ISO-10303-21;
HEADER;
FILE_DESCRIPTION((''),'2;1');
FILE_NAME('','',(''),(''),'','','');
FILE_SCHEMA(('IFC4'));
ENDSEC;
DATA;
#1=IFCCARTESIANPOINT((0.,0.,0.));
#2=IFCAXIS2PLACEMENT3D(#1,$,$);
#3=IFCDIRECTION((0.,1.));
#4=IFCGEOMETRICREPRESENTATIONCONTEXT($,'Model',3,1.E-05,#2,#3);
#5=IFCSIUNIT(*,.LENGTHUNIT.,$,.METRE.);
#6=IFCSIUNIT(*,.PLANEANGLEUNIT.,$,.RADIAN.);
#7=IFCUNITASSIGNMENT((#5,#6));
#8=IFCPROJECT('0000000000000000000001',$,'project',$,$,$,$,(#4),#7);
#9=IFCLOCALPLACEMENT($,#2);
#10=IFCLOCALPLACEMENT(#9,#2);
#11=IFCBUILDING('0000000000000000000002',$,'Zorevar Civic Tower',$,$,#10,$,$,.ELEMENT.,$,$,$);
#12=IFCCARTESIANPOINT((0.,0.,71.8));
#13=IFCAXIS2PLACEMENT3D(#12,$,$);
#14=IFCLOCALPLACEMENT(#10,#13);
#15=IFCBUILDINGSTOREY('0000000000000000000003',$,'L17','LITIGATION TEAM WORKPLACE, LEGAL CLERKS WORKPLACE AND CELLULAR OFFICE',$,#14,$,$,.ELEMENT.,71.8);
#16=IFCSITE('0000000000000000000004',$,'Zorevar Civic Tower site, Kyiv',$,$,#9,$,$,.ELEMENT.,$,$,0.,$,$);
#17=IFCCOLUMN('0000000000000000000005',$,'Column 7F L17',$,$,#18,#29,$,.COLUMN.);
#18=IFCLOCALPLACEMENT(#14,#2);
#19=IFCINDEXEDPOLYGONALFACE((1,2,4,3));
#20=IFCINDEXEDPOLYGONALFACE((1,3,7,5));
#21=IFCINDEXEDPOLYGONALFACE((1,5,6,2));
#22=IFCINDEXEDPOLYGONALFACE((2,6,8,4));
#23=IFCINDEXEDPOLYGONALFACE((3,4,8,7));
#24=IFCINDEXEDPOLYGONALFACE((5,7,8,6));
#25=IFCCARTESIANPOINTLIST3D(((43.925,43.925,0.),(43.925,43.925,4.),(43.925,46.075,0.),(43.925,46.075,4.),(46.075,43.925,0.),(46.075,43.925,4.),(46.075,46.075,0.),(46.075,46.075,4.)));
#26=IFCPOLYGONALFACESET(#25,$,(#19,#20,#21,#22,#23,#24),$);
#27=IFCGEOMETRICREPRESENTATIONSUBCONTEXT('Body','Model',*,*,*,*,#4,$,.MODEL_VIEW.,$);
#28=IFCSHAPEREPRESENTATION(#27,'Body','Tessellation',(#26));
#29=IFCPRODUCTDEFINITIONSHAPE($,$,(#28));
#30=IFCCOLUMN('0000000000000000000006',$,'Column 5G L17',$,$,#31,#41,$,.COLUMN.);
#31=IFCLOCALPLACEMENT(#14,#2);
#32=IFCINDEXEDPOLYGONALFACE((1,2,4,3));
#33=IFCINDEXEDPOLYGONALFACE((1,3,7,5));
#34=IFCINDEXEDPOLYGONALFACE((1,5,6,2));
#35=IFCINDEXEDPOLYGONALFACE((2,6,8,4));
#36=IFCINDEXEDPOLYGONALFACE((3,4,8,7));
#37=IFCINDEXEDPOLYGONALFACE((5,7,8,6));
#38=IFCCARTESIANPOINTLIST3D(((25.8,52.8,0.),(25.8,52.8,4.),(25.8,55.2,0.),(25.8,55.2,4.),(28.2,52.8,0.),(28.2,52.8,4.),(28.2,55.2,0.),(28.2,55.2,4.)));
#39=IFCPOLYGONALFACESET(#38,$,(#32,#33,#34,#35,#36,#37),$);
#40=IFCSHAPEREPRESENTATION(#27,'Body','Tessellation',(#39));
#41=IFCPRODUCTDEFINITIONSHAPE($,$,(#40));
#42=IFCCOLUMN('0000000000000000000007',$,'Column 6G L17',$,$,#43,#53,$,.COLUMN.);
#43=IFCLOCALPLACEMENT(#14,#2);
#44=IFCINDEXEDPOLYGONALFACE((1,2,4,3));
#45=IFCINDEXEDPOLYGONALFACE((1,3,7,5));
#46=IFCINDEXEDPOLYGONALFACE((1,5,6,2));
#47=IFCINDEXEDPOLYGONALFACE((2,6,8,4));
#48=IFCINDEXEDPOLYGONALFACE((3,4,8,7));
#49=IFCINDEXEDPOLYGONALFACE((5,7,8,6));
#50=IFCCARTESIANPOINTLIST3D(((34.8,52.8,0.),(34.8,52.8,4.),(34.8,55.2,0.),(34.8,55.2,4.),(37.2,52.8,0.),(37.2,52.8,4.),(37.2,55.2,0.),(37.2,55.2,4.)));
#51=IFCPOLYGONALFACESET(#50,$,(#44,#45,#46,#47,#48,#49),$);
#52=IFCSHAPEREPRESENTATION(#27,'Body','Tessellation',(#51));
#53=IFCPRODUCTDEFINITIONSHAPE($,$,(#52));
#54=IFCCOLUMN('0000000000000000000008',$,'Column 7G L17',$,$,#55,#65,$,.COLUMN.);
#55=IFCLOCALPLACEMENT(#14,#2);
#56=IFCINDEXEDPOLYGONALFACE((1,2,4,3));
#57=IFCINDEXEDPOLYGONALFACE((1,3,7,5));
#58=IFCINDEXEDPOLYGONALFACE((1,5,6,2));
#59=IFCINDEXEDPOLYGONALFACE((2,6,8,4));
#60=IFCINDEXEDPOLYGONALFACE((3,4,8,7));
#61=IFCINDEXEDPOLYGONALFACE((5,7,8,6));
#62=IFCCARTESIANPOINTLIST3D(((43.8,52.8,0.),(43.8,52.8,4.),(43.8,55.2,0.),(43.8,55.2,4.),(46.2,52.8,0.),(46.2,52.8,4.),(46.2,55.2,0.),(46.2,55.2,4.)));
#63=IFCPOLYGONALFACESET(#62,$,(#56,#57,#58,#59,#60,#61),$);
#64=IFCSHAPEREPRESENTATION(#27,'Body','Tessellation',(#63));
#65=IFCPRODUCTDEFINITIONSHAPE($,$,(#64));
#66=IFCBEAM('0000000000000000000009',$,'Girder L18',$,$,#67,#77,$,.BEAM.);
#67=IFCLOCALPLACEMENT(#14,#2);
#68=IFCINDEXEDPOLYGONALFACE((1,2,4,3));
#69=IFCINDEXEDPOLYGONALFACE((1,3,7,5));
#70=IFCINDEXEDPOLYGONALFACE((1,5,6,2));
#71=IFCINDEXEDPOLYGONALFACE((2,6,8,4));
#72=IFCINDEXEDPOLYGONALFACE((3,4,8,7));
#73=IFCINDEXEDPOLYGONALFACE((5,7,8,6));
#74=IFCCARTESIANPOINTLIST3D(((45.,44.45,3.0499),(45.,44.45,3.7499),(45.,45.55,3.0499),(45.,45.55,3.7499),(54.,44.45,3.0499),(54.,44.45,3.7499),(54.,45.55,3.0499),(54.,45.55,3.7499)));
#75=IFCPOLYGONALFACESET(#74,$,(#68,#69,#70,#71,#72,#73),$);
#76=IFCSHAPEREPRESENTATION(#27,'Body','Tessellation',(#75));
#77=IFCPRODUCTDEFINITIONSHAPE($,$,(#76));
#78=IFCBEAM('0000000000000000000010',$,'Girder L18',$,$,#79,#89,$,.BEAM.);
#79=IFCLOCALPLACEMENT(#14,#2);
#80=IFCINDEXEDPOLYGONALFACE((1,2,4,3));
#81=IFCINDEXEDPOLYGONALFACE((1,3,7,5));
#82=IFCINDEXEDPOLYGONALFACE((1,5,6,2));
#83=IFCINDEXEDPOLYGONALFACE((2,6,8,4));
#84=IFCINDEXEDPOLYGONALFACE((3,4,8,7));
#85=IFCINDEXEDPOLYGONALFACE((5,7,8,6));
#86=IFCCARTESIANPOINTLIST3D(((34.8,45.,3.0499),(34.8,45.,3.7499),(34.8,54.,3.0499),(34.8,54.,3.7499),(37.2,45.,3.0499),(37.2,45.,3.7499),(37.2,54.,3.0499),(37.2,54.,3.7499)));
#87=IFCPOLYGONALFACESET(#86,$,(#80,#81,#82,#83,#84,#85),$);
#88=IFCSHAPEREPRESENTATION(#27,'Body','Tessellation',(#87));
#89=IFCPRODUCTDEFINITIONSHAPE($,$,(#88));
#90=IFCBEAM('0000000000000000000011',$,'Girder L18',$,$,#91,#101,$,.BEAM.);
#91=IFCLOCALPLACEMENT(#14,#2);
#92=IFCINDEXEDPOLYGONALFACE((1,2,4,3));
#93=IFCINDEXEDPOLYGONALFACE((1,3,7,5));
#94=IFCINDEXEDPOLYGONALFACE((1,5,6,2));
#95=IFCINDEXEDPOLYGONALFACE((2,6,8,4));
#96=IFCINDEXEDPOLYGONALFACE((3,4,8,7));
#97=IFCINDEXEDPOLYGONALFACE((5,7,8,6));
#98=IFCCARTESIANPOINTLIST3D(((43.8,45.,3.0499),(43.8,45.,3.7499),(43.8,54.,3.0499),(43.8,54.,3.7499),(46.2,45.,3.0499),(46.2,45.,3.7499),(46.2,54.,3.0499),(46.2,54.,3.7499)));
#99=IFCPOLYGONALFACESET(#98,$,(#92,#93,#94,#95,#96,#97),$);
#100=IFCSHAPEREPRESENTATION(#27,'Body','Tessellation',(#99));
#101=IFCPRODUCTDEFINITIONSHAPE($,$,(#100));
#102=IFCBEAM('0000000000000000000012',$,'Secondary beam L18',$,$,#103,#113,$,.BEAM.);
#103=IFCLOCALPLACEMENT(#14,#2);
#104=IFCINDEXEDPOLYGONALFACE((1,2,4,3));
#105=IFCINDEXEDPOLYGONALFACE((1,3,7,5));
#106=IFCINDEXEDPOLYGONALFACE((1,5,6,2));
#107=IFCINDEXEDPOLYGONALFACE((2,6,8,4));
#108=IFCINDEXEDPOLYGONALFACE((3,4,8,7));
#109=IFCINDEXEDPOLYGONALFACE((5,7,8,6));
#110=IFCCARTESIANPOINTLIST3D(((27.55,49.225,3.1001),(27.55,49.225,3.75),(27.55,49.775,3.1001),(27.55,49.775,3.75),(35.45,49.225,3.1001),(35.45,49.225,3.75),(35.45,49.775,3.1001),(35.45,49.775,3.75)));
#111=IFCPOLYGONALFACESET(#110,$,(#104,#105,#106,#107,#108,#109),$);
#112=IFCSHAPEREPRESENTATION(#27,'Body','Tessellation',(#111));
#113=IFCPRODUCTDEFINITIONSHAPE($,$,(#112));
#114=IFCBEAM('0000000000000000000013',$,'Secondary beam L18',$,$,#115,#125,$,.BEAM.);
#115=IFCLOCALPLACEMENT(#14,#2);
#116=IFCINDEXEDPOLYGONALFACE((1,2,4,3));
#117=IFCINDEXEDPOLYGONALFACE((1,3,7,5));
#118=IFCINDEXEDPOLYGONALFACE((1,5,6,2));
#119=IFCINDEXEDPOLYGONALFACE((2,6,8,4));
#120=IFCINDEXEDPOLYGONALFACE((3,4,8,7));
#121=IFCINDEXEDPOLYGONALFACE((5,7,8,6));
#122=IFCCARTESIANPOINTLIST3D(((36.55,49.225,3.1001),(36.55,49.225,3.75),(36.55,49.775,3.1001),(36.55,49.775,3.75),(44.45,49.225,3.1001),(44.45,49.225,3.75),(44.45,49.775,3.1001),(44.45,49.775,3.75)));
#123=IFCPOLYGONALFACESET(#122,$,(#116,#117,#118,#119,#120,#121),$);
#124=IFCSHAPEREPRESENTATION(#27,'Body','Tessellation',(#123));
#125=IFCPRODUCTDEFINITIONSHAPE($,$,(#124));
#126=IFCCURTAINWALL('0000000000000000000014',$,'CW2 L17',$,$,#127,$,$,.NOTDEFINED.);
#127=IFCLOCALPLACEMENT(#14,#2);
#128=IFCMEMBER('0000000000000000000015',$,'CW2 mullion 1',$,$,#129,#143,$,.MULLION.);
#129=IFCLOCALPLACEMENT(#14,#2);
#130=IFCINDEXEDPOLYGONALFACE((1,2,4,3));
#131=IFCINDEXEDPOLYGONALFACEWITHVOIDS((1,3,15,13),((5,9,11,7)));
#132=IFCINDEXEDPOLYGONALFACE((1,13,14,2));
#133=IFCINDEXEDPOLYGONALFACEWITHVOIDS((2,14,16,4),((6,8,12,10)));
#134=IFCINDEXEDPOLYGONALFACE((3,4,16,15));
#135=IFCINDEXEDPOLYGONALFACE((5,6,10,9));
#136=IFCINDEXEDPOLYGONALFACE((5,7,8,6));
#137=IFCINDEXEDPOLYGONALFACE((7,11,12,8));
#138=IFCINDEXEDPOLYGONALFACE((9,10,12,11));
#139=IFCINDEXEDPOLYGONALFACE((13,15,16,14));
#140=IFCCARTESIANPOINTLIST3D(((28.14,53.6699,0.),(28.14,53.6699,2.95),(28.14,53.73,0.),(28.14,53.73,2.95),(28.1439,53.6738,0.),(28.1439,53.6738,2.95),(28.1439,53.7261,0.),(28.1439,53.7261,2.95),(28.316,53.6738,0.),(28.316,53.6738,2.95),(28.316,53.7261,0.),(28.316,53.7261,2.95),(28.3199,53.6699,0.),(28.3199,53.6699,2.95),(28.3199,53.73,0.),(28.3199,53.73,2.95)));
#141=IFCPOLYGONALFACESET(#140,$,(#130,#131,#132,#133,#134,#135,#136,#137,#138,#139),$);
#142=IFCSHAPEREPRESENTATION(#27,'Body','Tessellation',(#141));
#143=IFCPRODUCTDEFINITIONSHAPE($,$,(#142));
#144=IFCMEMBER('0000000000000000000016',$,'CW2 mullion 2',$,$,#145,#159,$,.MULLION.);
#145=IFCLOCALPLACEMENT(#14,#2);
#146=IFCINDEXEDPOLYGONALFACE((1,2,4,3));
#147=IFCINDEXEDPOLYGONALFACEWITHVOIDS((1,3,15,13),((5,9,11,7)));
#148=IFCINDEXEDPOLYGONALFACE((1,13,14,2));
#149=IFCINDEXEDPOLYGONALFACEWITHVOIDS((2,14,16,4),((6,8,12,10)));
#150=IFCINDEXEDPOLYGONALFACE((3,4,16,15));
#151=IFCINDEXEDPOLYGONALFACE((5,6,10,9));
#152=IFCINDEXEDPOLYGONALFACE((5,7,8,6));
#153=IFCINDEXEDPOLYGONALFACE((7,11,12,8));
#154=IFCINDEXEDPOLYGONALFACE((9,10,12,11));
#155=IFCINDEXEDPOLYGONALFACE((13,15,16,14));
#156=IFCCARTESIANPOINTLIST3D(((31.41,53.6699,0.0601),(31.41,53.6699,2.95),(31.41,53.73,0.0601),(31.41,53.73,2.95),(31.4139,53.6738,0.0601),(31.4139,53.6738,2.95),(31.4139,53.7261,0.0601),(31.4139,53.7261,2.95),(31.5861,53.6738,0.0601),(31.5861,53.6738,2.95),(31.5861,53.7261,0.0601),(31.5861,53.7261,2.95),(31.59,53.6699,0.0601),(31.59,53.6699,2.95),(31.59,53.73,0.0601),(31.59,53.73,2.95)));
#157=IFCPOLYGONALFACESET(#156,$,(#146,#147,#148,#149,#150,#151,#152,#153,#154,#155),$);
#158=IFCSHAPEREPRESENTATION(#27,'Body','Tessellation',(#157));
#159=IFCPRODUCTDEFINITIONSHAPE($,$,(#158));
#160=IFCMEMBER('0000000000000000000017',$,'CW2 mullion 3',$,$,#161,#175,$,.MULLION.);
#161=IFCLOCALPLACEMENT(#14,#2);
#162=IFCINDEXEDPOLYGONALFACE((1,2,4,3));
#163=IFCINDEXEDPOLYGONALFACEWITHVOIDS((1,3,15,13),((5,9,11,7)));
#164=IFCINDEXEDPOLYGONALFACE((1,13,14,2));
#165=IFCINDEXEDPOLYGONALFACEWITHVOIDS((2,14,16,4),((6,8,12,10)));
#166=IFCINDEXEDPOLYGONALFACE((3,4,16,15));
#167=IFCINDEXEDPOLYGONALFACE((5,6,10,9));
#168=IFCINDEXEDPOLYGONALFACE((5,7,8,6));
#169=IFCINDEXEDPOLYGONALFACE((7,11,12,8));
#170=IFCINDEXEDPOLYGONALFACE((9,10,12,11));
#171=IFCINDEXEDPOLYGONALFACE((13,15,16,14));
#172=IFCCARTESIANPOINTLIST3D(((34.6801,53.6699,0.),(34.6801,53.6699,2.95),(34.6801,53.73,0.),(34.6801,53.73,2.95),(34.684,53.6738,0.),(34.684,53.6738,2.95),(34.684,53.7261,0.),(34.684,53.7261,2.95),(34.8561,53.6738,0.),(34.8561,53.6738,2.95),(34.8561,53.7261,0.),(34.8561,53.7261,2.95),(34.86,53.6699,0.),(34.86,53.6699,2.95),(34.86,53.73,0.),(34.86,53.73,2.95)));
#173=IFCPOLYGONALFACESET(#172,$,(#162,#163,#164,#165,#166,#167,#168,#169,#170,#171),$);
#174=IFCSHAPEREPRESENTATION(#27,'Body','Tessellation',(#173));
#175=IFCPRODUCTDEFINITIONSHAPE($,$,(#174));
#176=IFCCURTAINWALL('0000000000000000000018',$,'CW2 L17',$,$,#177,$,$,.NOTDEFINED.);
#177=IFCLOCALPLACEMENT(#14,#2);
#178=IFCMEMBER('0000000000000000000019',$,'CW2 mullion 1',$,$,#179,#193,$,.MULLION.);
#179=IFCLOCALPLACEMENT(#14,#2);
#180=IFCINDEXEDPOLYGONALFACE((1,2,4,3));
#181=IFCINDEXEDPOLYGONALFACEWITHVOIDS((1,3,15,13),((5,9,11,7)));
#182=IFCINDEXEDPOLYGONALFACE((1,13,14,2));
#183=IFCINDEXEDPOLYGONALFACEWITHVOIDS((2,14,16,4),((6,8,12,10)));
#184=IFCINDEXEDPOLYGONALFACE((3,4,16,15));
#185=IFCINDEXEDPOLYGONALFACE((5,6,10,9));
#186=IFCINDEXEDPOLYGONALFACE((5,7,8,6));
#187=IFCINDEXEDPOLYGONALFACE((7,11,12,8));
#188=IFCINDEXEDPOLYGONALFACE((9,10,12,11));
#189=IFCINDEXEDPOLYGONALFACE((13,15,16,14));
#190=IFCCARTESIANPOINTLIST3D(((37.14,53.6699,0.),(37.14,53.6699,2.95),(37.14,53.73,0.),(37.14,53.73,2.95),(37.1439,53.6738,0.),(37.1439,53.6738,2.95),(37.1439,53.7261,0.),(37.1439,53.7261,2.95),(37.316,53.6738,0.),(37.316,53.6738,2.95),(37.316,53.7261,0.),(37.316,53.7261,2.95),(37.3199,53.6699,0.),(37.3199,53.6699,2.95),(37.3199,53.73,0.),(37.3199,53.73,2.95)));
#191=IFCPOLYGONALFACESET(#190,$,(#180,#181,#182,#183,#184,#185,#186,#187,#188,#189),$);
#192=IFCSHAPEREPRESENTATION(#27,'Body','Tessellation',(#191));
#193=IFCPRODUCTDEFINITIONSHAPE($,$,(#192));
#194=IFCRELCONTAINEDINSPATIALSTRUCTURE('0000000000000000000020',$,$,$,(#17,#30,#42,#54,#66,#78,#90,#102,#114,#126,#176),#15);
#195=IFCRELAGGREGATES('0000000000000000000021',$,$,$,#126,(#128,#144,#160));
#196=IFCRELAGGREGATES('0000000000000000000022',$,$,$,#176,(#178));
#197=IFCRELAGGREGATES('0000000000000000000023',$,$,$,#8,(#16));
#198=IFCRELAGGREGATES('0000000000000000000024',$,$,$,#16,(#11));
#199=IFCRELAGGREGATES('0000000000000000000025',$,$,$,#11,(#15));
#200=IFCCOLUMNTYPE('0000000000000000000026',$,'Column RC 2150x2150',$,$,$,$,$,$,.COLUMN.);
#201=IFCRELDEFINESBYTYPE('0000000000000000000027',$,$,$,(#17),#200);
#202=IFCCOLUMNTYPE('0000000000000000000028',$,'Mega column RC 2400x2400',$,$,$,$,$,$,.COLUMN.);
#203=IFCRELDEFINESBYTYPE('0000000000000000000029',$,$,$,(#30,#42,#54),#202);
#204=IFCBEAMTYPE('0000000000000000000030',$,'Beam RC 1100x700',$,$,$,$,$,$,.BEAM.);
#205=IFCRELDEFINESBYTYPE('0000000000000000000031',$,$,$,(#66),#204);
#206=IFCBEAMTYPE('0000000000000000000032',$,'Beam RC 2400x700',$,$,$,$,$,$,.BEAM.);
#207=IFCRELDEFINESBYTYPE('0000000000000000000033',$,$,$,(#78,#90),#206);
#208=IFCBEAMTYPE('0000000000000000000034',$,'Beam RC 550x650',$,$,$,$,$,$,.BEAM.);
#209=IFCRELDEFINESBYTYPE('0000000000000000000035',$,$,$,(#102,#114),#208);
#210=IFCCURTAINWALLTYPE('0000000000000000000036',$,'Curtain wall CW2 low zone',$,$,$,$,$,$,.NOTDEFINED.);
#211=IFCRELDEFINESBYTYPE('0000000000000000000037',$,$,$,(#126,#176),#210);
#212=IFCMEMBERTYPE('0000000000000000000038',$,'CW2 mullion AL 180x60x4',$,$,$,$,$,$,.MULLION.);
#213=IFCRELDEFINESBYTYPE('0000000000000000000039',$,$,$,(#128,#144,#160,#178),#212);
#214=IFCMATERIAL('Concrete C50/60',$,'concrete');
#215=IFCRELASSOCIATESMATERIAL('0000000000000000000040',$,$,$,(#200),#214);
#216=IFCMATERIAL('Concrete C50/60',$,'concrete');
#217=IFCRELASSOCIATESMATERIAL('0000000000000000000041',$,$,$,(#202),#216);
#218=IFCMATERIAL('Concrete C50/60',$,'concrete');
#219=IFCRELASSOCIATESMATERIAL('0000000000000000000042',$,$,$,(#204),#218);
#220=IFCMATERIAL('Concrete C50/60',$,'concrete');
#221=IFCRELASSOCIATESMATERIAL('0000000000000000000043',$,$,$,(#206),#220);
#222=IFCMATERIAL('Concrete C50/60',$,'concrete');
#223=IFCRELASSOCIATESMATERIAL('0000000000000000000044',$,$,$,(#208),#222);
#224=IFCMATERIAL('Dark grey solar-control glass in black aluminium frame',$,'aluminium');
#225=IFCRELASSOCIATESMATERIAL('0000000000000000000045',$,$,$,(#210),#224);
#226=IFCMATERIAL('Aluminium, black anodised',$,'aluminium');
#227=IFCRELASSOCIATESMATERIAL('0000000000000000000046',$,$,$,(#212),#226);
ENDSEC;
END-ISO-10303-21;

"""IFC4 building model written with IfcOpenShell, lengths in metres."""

from ifc_helpers import new_model, si_unit, direction, frame, origin, origin_2d, place, context, subcontext, project, spatial, rectangle, hollow_rectangle, extrude, material, material_profile, profile_set, type_object, element, aggregate, save


model = new_model("IFC4")

# Units and contexts
model_context = context("Model", 3, precision=1e-05, world=origin(), true_north=direction((0.0, 1.0)))
body_context = subcontext(model_context, "Body", "Model", "MODEL_VIEW")
ifc_project = project(units=[si_unit("LENGTHUNIT", "METRE"), si_unit("PLANEANGLEUNIT", "RADIAN")], contexts=[model_context])

# Site, building, storey
site_placement = place(None, origin())
site = spatial("IfcSite", under=ifc_project, at=site_placement, Name="Zorevar Civic Tower site, Kyiv", CompositionType="ELEMENT", RefElevation=0.0)
building_placement = place(site_placement, origin())
building = spatial("IfcBuilding", under=site, at=building_placement, Name="Zorevar Civic Tower", CompositionType="ELEMENT")
storey_placement = place(building_placement, frame((0.0, 0.0, 71.8)))
storey = spatial("IfcBuildingStorey", under=building, at=storey_placement, Name="L17", Description="LITIGATION TEAM WORKPLACE, LEGAL CLERKS WORKPLACE AND CELLULAR OFFICE", CompositionType="ELEMENT", Elevation=71.8)

# Columns
ifc_material_1 = material(Name="Concrete C50/60", Category="concrete")
ifc_material_profile_1 = material_profile(ifc_material_1, rectangle(XDim=2.1499, YDim=2.1499, at=origin_2d()), Name="RC 2150x2150")
ifc_profile_set_1 = profile_set([ifc_material_profile_1], Name="Concrete C50/60")
column_type_1 = type_object("IfcColumnType", Name="Column RC 2150x2150", PredefinedType="COLUMN", material=ifc_profile_set_1)
column_placement = place(storey_placement, frame((45.0, 45.0, 0.0), z_axis=(0.0, 0.0, 1.0), x_axis=(1.0, 0.0, 0.0)))
element("IfcColumn", 1, at=column_placement, inside=storey, type_object=column_type_1, Name="Column 7F L17", PredefinedType="COLUMN", context=body_context, shape_type="SweptSolid", body=[
    extrude(rectangle(XDim=2.1499, YDim=2.1499, at=origin_2d()), origin(), (0.0, 0.0, 1.0), 4.0),
])
ifc_material_2 = material(Name="Concrete C50/60", Category="concrete")
ifc_material_profile_2 = material_profile(ifc_material_2, rectangle(XDim=2.3999, YDim=2.3999, at=origin_2d()), Name="RC 2400x2400")
ifc_profile_set_2 = profile_set([ifc_material_profile_2], Name="Concrete C50/60")
column_type_2 = type_object("IfcColumnType", Name="Mega column RC 2400x2400", PredefinedType="COLUMN", material=ifc_profile_set_2)
for number, where, z_axis, x_axis, name in (
    (2, (27.0, 54.0, 0.0), (0.0, 0.0, 1.0), (1.0, 0.0, 0.0), "Column 5G L17"),
    (3, (36.0, 54.0, 0.0), (0.0, 0.0, 1.0), (1.0, 0.0, 0.0), "Column 6G L17"),
    (4, (45.0, 54.0, 0.0), (0.0, 0.0, 1.0), (1.0, 0.0, 0.0), "Column 7G L17"),
):
    element("IfcColumn", number, at=place(storey_placement, frame(where, z_axis=z_axis, x_axis=x_axis)), inside=storey, type_object=column_type_2, Name=name, PredefinedType="COLUMN", context=body_context, shape_type="SweptSolid", body=[
        extrude(rectangle(XDim=2.3999, YDim=2.3999, at=origin_2d()), origin(), (0.0, 0.0, 1.0), 4.0),
    ])

# Beams
ifc_material_3 = material(Name="Concrete C50/60", Category="concrete")
ifc_material_profile_3 = material_profile(ifc_material_3, rectangle(XDim=1.1001, YDim=0.7, at=origin_2d()), Name="RC 1100x700")
ifc_profile_set_3 = profile_set([ifc_material_profile_3], Name="Concrete C50/60")
beam_type_1 = type_object("IfcBeamType", Name="Beam RC 1100x700", PredefinedType="BEAM", material=ifc_profile_set_3)
beam_placement = place(storey_placement, frame((45.0, 45.0, 3.3999), z_axis=(1.0, 0.0, 0.0), x_axis=(0.0, 1.0, 0.0)))
element("IfcBeam", 5, at=beam_placement, inside=storey, type_object=beam_type_1, Name="Girder L18", PredefinedType="BEAM", context=body_context, shape_type="SweptSolid", body=[
    extrude(rectangle(XDim=1.1001, YDim=0.7, at=origin_2d()), origin(), (0.0, 0.0, 1.0), 9.0),
])
ifc_material_4 = material(Name="Concrete C50/60", Category="concrete")
ifc_material_profile_4 = material_profile(ifc_material_4, rectangle(XDim=2.3999, YDim=0.7, at=origin_2d()), Name="RC 2400x700")
ifc_profile_set_4 = profile_set([ifc_material_profile_4], Name="Concrete C50/60")
beam_type_2 = type_object("IfcBeamType", Name="Beam RC 2400x700", PredefinedType="BEAM", material=ifc_profile_set_4)
for number, where, z_axis, x_axis, name in (
    (6, (36.0, 45.0, 3.3999), (0.0, 1.0, 0.0), (-1.0, 0.0, 0.0), "Girder L18"),
    (7, (45.0, 45.0, 3.3999), (0.0, 1.0, 0.0), (-1.0, 0.0, 0.0), "Girder L18"),
):
    element("IfcBeam", number, at=place(storey_placement, frame(where, z_axis=z_axis, x_axis=x_axis)), inside=storey, type_object=beam_type_2, Name=name, PredefinedType="BEAM", context=body_context, shape_type="SweptSolid", body=[
        extrude(rectangle(XDim=2.3999, YDim=0.7, at=origin_2d()), origin(), (0.0, 0.0, 1.0), 9.0),
    ])
ifc_material_5 = material(Name="Concrete C50/60", Category="concrete")
ifc_material_profile_5 = material_profile(ifc_material_5, rectangle(XDim=0.55, YDim=0.6499, at=origin_2d()), Name="RC 550x650")
ifc_profile_set_5 = profile_set([ifc_material_profile_5], Name="Concrete C50/60")
beam_type_3 = type_object("IfcBeamType", Name="Beam RC 550x650", PredefinedType="BEAM", material=ifc_profile_set_5)
for number, where, z_axis, x_axis, name in (
    (8, (27.55, 49.5, 3.425), (1.0, 0.0, 0.0), (0.0, 1.0, 0.0), "Secondary beam L18"),
    (9, (36.55, 49.5, 3.425), (1.0, 0.0, 0.0), (0.0, 1.0, 0.0), "Secondary beam L18"),
):
    element("IfcBeam", number, at=place(storey_placement, frame(where, z_axis=z_axis, x_axis=x_axis)), inside=storey, type_object=beam_type_3, Name=name, PredefinedType="BEAM", context=body_context, shape_type="SweptSolid", body=[
        extrude(rectangle(XDim=0.55, YDim=0.6499, at=origin_2d()), origin(), (0.0, 0.0, 1.0), 7.8999),
    ])

# Curtain walls, members
ifc_material_6 = material(Name="Dark grey solar-control glass in black aluminium frame", Category="aluminium")
curtain_wall_type = type_object("IfcCurtainWallType", Name="Curtain wall CW2 low zone", PredefinedType="NOTDEFINED", material=ifc_material_6)
curtain_wall_1_placement = place(storey_placement, origin())
curtain_wall_1 = element("IfcCurtainWall", 10, at=curtain_wall_1_placement, inside=storey, type_object=curtain_wall_type, Name="CW2 L17", PredefinedType="NOTDEFINED")
ifc_material_7 = material(Name="Aluminium, black anodised", Category="aluminium")
ifc_material_profile_6 = material_profile(ifc_material_7, hollow_rectangle(XDim=0.0601, YDim=0.1799, WallThickness=0.0039, at=origin_2d()), Name="AL 180x60x4")
ifc_profile_set_6 = profile_set([ifc_material_profile_6], Name="Aluminium, black anodised")
member_type_1 = type_object("IfcMemberType", Name="CW2 mullion AL 180x60x4", PredefinedType="MULLION", material=ifc_profile_set_6)
member_1_placement = place(storey_placement, frame((28.23, 53.7, 0.0), z_axis=(0.0, 0.0, 1.0), x_axis=(0.0, 1.0, 0.0)))
member_1 = element("IfcMember", 11, at=member_1_placement, type_object=member_type_1, Name="CW2 mullion 1", PredefinedType="MULLION", context=body_context, shape_type="SweptSolid", body=[
    extrude(hollow_rectangle(XDim=0.0601, YDim=0.1799, WallThickness=0.0039, at=origin_2d()), origin(), (0.0, 0.0, 1.0), 2.95),
])
member_2_placement = place(storey_placement, frame((31.5, 53.7, 0.0601), z_axis=(0.0, 0.0, 1.0), x_axis=(0.0, 1.0, 0.0)))
member_2 = element("IfcMember", 12, at=member_2_placement, type_object=member_type_1, Name="CW2 mullion 2", PredefinedType="MULLION", context=body_context, shape_type="SweptSolid", body=[
    extrude(hollow_rectangle(XDim=0.0601, YDim=0.1799, WallThickness=0.0039, at=origin_2d()), origin(), (0.0, 0.0, 1.0), 2.8899),
])
member_3_placement = place(storey_placement, frame((34.77, 53.7, 0.0), z_axis=(0.0, 0.0, 1.0), x_axis=(0.0, 1.0, 0.0)))
member_3 = element("IfcMember", 13, at=member_3_placement, type_object=member_type_1, Name="CW2 mullion 3", PredefinedType="MULLION", context=body_context, shape_type="SweptSolid", body=[
    extrude(hollow_rectangle(XDim=0.0601, YDim=0.1799, WallThickness=0.0039, at=origin_2d()), origin(), (0.0, 0.0, 1.0), 2.95),
])
curtain_wall_2_placement = place(storey_placement, origin())
curtain_wall_2 = element("IfcCurtainWall", 14, at=curtain_wall_2_placement, inside=storey, type_object=curtain_wall_type, Name="CW2 L17", PredefinedType="NOTDEFINED")
member_4_placement = place(storey_placement, frame((37.23, 53.7, 0.0), z_axis=(0.0, 0.0, 1.0), x_axis=(0.0, 1.0, 0.0)))
member_4 = element("IfcMember", 15, at=member_4_placement, type_object=member_type_1, Name="CW2 mullion 1", PredefinedType="MULLION", context=body_context, shape_type="SweptSolid", body=[
    extrude(hollow_rectangle(XDim=0.0601, YDim=0.1799, WallThickness=0.0039, at=origin_2d()), origin(), (0.0, 0.0, 1.0), 2.95),
])

aggregate(curtain_wall_1, [member_1, member_2, member_3])
aggregate(curtain_wall_2, [member_4])

save(model, "model.ifc")
